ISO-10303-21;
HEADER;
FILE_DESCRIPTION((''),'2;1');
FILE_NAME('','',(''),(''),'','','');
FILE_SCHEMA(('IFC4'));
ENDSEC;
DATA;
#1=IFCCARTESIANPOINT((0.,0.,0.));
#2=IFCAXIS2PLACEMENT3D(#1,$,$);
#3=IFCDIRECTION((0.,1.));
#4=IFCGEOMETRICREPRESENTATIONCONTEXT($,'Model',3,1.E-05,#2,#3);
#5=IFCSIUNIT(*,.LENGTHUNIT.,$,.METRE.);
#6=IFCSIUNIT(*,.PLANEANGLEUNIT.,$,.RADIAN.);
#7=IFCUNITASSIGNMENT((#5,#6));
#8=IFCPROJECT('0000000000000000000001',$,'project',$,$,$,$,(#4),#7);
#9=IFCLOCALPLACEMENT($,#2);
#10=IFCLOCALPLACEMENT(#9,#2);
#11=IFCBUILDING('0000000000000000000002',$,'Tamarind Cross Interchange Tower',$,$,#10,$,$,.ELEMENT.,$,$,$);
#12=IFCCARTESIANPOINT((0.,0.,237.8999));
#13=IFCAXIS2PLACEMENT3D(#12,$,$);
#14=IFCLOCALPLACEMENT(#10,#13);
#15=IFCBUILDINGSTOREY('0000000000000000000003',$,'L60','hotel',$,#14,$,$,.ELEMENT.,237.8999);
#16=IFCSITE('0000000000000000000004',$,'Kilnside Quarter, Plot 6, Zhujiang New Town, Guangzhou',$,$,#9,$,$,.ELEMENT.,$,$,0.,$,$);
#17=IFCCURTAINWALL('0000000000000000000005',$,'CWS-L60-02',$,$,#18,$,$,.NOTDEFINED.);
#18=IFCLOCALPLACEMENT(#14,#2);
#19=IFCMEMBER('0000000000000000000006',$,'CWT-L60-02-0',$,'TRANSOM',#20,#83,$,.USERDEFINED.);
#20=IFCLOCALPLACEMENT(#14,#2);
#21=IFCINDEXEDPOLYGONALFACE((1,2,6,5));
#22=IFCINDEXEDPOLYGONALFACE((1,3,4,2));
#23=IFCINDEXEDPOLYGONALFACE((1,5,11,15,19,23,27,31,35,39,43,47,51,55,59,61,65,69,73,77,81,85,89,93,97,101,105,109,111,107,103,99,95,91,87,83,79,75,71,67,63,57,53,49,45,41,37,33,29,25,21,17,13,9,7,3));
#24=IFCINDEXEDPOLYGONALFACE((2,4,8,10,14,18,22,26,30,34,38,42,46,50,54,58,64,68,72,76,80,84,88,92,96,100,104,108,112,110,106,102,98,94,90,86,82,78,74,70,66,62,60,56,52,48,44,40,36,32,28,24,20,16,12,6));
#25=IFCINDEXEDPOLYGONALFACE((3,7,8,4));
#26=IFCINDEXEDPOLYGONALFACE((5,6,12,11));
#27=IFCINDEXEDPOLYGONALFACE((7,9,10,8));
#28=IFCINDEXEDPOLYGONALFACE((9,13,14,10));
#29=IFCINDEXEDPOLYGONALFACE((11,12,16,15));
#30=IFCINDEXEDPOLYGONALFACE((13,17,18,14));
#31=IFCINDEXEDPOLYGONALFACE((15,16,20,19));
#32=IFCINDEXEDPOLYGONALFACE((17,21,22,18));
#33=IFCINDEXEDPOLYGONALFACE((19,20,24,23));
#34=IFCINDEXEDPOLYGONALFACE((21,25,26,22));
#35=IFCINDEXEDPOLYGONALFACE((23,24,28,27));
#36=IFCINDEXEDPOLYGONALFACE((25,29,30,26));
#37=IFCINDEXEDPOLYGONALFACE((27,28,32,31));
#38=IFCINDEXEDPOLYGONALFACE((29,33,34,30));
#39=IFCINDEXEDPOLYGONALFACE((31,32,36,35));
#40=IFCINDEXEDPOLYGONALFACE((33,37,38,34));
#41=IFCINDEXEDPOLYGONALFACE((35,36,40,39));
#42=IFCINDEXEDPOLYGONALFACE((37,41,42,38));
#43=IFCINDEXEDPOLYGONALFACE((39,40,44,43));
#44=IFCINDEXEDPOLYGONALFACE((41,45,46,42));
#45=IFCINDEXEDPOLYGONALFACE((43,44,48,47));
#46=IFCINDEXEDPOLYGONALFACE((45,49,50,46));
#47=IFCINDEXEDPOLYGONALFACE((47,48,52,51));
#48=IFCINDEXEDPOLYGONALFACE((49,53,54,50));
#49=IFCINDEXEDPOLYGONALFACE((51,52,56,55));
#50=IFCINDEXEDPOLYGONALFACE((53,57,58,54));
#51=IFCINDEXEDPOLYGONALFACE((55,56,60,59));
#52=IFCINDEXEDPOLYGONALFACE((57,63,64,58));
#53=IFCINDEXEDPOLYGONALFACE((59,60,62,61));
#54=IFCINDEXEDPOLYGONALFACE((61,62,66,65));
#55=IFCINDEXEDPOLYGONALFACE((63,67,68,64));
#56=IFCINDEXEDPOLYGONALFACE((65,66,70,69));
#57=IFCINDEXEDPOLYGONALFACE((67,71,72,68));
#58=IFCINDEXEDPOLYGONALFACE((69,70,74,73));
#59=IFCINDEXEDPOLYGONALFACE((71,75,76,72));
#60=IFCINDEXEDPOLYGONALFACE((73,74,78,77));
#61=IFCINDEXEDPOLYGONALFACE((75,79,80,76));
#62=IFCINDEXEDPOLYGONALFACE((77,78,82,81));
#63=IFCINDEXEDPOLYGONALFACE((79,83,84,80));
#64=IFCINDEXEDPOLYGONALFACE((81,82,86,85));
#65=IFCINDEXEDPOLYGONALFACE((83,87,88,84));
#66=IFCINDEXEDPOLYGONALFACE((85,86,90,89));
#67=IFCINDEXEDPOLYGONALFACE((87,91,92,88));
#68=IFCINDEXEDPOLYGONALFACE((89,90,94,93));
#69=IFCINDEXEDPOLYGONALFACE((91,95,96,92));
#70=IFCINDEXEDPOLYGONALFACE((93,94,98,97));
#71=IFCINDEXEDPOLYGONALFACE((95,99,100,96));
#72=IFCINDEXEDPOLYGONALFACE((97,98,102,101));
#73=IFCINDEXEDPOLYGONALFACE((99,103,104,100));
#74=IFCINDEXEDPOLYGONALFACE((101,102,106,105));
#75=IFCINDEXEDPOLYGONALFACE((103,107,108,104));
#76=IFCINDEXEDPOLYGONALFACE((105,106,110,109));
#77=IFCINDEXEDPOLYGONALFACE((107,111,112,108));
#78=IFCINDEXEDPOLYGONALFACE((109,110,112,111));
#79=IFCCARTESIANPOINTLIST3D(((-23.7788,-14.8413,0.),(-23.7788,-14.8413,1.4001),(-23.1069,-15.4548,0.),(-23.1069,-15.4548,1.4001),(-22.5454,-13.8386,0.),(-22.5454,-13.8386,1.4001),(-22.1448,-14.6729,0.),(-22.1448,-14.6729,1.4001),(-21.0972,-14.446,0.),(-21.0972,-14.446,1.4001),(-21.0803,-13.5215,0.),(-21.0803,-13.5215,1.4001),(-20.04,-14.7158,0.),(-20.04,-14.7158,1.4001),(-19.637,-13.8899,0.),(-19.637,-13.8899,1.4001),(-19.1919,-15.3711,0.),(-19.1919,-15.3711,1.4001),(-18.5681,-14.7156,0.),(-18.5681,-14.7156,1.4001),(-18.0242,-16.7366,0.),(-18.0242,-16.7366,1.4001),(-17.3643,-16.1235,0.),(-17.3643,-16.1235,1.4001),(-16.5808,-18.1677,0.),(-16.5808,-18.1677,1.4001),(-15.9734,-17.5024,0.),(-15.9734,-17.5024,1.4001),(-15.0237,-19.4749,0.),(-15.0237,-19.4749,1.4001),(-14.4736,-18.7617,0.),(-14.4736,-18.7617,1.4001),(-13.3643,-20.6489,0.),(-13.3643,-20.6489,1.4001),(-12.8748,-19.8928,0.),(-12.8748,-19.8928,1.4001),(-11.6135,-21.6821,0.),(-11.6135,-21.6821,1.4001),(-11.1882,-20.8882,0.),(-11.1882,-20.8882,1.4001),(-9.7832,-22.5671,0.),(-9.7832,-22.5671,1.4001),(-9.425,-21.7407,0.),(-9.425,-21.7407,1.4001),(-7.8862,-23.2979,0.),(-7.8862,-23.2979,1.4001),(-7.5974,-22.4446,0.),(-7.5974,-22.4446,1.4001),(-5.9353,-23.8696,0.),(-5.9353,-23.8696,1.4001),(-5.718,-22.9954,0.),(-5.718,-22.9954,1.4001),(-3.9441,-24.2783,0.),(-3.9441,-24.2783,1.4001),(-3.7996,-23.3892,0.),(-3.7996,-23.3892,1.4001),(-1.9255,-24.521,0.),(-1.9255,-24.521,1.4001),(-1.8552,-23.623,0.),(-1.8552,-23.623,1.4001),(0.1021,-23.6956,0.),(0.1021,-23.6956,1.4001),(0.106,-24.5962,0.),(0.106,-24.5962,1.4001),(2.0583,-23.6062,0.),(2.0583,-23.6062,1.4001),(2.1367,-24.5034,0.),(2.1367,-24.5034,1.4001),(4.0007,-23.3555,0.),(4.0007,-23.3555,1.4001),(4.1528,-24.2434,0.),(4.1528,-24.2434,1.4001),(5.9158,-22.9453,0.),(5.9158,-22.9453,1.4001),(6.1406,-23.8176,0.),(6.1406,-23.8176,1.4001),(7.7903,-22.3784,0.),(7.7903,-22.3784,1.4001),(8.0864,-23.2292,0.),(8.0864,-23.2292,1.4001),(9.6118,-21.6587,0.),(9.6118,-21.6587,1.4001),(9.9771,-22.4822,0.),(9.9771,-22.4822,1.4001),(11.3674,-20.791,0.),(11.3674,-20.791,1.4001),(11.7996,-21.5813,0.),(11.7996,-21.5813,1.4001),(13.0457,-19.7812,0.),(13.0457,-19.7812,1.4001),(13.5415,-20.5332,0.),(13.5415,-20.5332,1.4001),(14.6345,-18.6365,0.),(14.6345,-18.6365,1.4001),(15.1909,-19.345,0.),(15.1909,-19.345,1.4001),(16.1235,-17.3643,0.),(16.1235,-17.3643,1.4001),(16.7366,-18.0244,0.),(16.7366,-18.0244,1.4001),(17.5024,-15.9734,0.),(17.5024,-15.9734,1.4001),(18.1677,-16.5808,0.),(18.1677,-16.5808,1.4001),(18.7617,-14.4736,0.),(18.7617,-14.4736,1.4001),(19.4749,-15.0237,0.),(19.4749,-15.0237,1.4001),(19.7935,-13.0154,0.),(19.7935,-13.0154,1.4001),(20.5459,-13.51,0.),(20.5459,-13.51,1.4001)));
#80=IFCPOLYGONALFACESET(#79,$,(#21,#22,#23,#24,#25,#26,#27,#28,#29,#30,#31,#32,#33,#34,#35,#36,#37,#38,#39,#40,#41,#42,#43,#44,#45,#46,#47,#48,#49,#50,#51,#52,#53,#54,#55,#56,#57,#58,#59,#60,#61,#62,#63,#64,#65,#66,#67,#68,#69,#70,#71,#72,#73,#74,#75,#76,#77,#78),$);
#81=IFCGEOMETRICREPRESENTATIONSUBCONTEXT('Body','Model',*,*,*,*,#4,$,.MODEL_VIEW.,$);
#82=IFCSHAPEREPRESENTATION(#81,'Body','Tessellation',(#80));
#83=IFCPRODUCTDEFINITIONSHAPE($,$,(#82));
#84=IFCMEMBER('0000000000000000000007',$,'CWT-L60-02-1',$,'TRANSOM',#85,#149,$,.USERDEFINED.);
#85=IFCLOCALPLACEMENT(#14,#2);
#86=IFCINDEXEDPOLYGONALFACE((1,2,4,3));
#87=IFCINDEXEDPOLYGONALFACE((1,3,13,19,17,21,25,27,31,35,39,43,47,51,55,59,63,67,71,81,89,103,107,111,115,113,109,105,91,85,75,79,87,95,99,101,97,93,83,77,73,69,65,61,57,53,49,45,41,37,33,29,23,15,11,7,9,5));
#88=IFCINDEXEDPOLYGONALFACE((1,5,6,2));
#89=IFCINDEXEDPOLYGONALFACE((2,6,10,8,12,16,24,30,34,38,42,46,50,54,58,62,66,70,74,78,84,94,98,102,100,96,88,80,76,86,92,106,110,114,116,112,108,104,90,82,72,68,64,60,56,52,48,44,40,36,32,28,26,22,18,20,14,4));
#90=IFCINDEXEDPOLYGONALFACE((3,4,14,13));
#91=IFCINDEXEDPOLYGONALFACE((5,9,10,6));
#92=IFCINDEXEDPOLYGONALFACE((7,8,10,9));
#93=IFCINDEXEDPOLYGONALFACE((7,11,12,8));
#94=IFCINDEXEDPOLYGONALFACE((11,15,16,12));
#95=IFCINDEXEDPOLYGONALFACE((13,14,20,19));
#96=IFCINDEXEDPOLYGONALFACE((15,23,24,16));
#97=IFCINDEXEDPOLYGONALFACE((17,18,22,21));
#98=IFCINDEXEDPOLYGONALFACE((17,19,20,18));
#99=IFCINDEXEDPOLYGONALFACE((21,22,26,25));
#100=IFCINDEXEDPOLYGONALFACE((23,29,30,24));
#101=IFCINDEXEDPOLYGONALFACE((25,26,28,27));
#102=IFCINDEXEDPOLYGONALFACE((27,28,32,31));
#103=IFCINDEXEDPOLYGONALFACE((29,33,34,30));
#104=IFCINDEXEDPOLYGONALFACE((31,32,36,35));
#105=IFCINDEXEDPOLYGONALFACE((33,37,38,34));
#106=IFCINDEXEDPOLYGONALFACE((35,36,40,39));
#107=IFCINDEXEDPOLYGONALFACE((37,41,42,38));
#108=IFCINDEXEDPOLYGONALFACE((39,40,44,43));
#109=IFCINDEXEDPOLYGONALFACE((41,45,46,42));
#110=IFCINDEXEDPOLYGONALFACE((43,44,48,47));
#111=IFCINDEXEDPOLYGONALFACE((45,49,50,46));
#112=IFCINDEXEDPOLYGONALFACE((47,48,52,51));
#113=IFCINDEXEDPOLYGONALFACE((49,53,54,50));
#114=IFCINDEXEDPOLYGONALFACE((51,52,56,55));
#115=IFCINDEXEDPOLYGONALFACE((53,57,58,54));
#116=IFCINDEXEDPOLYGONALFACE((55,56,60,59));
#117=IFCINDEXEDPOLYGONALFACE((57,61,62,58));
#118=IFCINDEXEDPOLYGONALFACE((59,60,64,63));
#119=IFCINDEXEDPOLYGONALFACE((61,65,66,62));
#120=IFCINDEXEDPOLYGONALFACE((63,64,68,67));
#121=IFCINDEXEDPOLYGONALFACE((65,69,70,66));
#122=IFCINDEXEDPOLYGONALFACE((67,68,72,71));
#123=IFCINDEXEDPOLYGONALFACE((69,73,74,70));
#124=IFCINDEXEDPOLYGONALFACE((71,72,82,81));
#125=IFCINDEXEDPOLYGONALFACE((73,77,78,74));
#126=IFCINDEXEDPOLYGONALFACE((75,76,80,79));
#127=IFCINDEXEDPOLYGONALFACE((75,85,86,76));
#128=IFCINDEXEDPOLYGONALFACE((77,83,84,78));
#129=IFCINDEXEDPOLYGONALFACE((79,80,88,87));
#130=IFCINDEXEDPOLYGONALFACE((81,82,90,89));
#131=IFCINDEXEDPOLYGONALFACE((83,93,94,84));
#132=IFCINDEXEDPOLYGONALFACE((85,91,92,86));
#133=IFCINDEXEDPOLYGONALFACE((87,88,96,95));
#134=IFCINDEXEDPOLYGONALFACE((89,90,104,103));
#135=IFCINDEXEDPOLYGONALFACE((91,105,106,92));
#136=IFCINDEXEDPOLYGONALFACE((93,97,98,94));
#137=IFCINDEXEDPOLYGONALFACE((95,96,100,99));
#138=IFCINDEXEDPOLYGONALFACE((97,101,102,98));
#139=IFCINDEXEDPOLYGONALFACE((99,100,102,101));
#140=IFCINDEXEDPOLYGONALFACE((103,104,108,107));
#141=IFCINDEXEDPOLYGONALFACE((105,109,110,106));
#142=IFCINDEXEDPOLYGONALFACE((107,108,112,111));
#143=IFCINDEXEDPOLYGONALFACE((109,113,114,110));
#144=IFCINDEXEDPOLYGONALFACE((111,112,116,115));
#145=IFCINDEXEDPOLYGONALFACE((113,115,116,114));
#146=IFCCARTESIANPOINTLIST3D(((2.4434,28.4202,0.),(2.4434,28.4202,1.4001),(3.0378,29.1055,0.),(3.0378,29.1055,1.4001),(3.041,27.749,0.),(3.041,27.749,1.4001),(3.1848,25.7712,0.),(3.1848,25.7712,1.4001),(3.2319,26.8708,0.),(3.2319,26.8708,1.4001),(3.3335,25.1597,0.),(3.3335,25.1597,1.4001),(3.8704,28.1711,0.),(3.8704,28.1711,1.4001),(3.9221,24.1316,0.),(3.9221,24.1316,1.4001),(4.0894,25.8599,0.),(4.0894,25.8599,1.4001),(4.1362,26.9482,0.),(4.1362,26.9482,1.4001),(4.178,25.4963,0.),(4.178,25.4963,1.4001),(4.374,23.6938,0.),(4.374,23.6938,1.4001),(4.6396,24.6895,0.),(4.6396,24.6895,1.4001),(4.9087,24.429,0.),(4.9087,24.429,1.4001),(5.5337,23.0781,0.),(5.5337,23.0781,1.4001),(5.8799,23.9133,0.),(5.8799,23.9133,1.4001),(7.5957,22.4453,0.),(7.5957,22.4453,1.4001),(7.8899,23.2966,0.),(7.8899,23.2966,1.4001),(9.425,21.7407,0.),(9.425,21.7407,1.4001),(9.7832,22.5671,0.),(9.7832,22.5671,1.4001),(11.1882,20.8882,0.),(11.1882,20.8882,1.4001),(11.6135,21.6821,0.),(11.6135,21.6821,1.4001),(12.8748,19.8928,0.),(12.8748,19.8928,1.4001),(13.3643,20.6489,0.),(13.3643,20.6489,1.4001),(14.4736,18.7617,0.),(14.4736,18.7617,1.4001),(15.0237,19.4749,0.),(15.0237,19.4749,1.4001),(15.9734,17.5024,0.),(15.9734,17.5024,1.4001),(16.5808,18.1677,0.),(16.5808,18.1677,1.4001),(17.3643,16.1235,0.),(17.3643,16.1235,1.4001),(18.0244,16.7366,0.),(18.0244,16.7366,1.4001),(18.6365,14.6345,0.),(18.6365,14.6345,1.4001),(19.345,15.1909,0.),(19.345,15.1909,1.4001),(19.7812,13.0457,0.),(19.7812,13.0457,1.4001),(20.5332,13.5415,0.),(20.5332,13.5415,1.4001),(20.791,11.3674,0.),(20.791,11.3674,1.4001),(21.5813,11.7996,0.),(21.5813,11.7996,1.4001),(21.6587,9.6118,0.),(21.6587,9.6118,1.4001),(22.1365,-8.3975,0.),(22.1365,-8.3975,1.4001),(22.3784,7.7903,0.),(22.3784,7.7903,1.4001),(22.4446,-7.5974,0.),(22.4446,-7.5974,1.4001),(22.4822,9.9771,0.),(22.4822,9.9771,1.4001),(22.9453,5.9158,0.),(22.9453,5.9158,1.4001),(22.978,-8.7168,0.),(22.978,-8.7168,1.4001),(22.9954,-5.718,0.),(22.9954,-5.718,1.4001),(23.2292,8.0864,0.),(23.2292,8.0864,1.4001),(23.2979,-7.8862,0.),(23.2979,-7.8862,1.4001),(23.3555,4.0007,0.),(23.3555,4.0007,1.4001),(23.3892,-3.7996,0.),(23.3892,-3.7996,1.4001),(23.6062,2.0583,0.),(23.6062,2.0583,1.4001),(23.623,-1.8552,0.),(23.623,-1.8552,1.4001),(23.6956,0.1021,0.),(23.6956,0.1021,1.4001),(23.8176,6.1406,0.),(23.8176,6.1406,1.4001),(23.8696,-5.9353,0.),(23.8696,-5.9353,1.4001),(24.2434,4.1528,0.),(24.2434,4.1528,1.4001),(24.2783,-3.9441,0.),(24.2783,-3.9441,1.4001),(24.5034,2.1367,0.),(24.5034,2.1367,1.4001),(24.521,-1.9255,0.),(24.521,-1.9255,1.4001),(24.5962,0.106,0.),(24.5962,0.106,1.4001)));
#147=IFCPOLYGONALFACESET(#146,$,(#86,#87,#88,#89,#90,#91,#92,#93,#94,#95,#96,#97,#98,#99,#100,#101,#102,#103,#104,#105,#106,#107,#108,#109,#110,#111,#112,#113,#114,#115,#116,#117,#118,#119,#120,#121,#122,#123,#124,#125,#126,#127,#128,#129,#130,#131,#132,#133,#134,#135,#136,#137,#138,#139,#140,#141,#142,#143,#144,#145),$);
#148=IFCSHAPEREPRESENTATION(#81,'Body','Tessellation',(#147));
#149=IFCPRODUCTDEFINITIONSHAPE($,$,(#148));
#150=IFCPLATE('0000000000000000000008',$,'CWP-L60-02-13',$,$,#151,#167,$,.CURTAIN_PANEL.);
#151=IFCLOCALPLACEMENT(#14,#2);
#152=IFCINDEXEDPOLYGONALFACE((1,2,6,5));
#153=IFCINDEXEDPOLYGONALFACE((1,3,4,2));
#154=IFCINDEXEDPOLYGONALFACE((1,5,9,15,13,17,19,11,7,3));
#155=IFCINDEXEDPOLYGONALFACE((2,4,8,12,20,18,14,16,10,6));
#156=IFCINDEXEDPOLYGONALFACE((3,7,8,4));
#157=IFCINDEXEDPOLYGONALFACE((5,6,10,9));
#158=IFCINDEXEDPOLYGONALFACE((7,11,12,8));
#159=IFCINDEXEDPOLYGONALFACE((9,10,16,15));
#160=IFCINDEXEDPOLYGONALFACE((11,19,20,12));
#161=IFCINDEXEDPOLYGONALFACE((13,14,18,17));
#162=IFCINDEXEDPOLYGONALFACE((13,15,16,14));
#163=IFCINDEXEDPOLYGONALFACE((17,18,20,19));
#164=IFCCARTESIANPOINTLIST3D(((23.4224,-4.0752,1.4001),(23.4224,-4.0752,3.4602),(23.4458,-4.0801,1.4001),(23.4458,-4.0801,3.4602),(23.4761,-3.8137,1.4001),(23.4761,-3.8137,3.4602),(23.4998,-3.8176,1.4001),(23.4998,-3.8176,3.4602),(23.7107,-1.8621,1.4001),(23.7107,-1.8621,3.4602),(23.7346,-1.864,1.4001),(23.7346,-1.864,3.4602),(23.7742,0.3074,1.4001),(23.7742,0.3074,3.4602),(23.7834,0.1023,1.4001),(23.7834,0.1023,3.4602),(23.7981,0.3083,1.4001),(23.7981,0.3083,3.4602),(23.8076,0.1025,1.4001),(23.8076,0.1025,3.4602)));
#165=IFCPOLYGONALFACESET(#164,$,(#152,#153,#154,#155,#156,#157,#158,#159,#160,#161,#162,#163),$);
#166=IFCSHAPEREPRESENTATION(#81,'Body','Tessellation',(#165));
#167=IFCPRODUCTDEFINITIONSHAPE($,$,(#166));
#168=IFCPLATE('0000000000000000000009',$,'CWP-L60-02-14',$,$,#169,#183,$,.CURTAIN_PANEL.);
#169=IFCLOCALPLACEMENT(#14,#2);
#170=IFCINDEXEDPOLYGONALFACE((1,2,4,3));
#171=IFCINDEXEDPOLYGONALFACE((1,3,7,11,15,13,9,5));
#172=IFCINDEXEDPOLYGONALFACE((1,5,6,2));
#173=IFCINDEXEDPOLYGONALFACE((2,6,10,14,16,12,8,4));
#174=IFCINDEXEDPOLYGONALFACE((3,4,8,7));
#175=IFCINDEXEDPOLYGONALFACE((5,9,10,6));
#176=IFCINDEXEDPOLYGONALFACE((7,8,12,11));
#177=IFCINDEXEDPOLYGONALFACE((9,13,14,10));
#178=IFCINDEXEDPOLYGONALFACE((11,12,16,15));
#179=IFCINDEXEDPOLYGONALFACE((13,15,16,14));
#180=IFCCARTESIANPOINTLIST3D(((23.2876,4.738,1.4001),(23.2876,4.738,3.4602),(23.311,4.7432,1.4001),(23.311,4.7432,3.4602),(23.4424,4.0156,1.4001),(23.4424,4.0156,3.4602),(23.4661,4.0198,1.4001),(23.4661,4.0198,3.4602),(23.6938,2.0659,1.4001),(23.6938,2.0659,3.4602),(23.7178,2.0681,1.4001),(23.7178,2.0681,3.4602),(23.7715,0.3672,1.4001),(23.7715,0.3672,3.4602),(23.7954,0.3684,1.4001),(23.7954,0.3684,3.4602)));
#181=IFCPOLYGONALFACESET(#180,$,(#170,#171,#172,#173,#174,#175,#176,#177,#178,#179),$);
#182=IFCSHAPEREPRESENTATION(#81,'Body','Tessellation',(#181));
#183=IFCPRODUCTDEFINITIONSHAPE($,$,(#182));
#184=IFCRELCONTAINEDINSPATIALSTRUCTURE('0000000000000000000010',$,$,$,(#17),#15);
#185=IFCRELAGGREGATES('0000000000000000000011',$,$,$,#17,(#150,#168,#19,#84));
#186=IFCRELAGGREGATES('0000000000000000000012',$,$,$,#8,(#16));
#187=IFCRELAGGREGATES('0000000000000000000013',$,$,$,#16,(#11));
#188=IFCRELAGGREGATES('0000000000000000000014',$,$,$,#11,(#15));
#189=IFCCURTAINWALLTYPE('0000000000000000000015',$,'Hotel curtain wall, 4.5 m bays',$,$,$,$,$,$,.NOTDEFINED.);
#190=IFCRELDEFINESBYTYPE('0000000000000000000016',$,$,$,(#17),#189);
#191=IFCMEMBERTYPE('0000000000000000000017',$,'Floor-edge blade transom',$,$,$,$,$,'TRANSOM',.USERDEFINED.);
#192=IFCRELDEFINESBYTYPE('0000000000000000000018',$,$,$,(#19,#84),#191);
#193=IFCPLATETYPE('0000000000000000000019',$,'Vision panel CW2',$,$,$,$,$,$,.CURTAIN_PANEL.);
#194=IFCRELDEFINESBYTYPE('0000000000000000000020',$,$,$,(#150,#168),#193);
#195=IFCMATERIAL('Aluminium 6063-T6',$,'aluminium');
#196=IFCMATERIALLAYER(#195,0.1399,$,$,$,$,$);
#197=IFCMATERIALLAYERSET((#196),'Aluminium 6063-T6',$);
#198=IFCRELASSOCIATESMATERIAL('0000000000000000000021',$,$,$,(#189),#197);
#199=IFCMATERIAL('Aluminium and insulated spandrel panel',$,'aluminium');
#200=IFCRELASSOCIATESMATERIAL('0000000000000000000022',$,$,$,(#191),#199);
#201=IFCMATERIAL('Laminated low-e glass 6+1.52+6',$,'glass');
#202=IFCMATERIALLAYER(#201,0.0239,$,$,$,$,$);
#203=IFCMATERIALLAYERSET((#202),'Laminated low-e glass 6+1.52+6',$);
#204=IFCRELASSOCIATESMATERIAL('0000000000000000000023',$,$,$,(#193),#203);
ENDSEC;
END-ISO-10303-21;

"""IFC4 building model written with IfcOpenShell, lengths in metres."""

from ifc_helpers import new_model, si_unit, direction, frame, origin, place, context, subcontext, project, spatial, polyline, outline, extrude, material, layer, layer_set, type_object, element, aggregate, save


model = new_model("IFC4")

# Units and contexts
model_context = context("Model", 3, precision=1e-05, world=origin(), true_north=direction((0.0, 1.0)))
body_context = subcontext(model_context, "Body", "Model", "MODEL_VIEW")
ifc_project = project(units=[si_unit("LENGTHUNIT", "METRE"), si_unit("PLANEANGLEUNIT", "RADIAN")], contexts=[model_context])

# Site, building, storey
site_placement = place(None, origin())
site = spatial("IfcSite", under=ifc_project, at=site_placement, Name="Kilnside Quarter, Plot 6, Zhujiang New Town, Guangzhou", CompositionType="ELEMENT", RefElevation=0.0)
building_placement = place(site_placement, origin())
building = spatial("IfcBuilding", under=site, at=building_placement, Name="Tamarind Cross Interchange Tower", CompositionType="ELEMENT")
storey_placement = place(building_placement, frame((0.0, 0.0, 237.8999)))
storey = spatial("IfcBuildingStorey", under=building, at=storey_placement, Name="L60", Description="hotel", CompositionType="ELEMENT", Elevation=237.8999)

# Curtain wall, members, plates
ifc_material_1 = material(Name="Aluminium 6063-T6", Category="aluminium")
ifc_layer_1 = layer(ifc_material_1, 0.1399)
ifc_layer_set_1 = layer_set([ifc_layer_1], Name="Aluminium 6063-T6")
curtain_wall_type = type_object("IfcCurtainWallType", Name="Hotel curtain wall, 4.5 m bays", PredefinedType="NOTDEFINED", material=ifc_layer_set_1)
curtain_wall_placement = place(storey_placement, origin())
curtain_wall = element("IfcCurtainWall", 1, at=curtain_wall_placement, inside=storey, type_object=curtain_wall_type, Name="CWS-L60-02", PredefinedType="NOTDEFINED")
ifc_material_2 = material(Name="Aluminium and insulated spandrel panel", Category="aluminium")
member_type = type_object("IfcMemberType", Name="Floor-edge blade transom", ElementType="TRANSOM", PredefinedType="USERDEFINED", material=ifc_material_2)
member_1_placement = place(storey_placement, origin())
member_1 = element("IfcMember", 2, at=member_1_placement, type_object=member_type, Name="CWT-L60-02-0", ObjectType="TRANSOM", PredefinedType="USERDEFINED", context=body_context, shape_type="SweptSolid", body=[
    extrude(outline(polyline([(-23.7788, -14.8413), (-22.5454, -13.8386), (-21.0803, -13.5215), (-19.637, -13.8899), (-18.5681, -14.7156), (-17.3643, -16.1235), (-15.9734, -17.5024), (-14.4736, -18.7617), (-12.8748, -19.8928), (-11.1882, -20.8882), (-9.425, -21.7407), (-7.5974, -22.4446), (-5.718, -22.9954), (-3.7996, -23.3892), (-1.8552, -23.623), (0.1021, -23.6956), (2.0583, -23.6062), (4.0007, -23.3555), (5.9158, -22.9453), (7.7903, -22.3784), (9.6118, -21.6587), (11.3674, -20.791), (13.0457, -19.7812), (14.6345, -18.6365), (16.1235, -17.3643), (17.5024, -15.9734), (18.7617, -14.4736), (19.7935, -13.0154), (20.5459, -13.51), (19.4749, -15.0237), (18.1677, -16.5808), (16.7366, -18.0244), (15.1909, -19.345), (13.5415, -20.5332), (11.7996, -21.5813), (9.9771, -22.4822), (8.0864, -23.2292), (6.1406, -23.8176), (4.1528, -24.2434), (2.1367, -24.5034), (0.106, -24.5962), (-1.9255, -24.521), (-3.9441, -24.2783), (-5.9353, -23.8696), (-7.8862, -23.2979), (-9.7832, -22.5671), (-11.6135, -21.6821), (-13.3643, -20.6489), (-15.0237, -19.4749), (-16.5808, -18.1677), (-18.0242, -16.7366), (-19.1919, -15.3711), (-20.04, -14.7158), (-21.0972, -14.446), (-22.1448, -14.6729), (-23.1069, -15.4548), (-23.7788, -14.8413)])), origin(), (0.0, 0.0, 1.0), 1.4001),
])
member_2_placement = place(storey_placement, origin())
member_2 = element("IfcMember", 3, at=member_2_placement, type_object=member_type, Name="CWT-L60-02-1", ObjectType="TRANSOM", PredefinedType="USERDEFINED", context=body_context, shape_type="SweptSolid", body=[
    extrude(outline(polyline([(22.1365, -8.3975), (22.4446, -7.5974), (22.9954, -5.718), (23.3892, -3.7996), (23.623, -1.8552), (23.6956, 0.1021), (23.6062, 2.0583), (23.3555, 4.0007), (22.9453, 5.9158), (22.3784, 7.7903), (21.6587, 9.6118), (20.791, 11.3674), (19.7812, 13.0457), (18.6365, 14.6345), (17.3643, 16.1235), (15.9734, 17.5024), (14.4736, 18.7617), (12.8748, 19.8928), (11.1882, 20.8882), (9.425, 21.7407), (7.5957, 22.4453), (5.5337, 23.0781), (4.374, 23.6938), (3.9221, 24.1316), (3.3335, 25.1597), (3.1848, 25.7712), (3.2319, 26.8708), (3.041, 27.749), (2.4434, 28.4202), (3.0378, 29.1055), (3.8704, 28.1711), (4.1362, 26.9482), (4.0894, 25.8599), (4.178, 25.4963), (4.6396, 24.6895), (4.9087, 24.429), (5.8799, 23.9133), (7.8899, 23.2966), (9.7832, 22.5671), (11.6135, 21.6821), (13.3643, 20.6489), (15.0237, 19.4749), (16.5808, 18.1677), (18.0244, 16.7366), (19.345, 15.1909), (20.5332, 13.5415), (21.5813, 11.7996), (22.4822, 9.9771), (23.2292, 8.0864), (23.8176, 6.1406), (24.2434, 4.1528), (24.5034, 2.1367), (24.5962, 0.106), (24.521, -1.9255), (24.2783, -3.9441), (23.8696, -5.9353), (23.2979, -7.8862), (22.978, -8.7168), (22.1365, -8.3975)])), origin(), (0.0, 0.0, 1.0), 1.4001),
])
ifc_material_3 = material(Name="Laminated low-e glass 6+1.52+6", Category="glass")
ifc_layer_2 = layer(ifc_material_3, 0.0239)
ifc_layer_set_2 = layer_set([ifc_layer_2], Name="Laminated low-e glass 6+1.52+6")
plate_type = type_object("IfcPlateType", Name="Vision panel CW2", PredefinedType="CURTAIN_PANEL", material=ifc_layer_set_2)
plate_1_placement = place(storey_placement, frame((0.0, 0.0, 1.4001)))
plate_1 = element("IfcPlate", 4, at=plate_1_placement, type_object=plate_type, Name="CWP-L60-02-13", PredefinedType="CURTAIN_PANEL", context=body_context, shape_type="SweptSolid", body=[
    extrude(outline(polyline([(23.4224, -4.0752), (23.4761, -3.8137), (23.7107, -1.8621), (23.7834, 0.1023), (23.7742, 0.3074), (23.7981, 0.3083), (23.8076, 0.1025), (23.7346, -1.864), (23.4998, -3.8176), (23.4458, -4.0801), (23.4224, -4.0752)])), origin(), (0.0, 0.0, 1.0), 2.0601),
])
plate_2_placement = place(storey_placement, frame((0.0, 0.0, 1.4001)))
plate_2 = element("IfcPlate", 5, at=plate_2_placement, type_object=plate_type, Name="CWP-L60-02-14", PredefinedType="CURTAIN_PANEL", context=body_context, shape_type="SweptSolid", body=[
    extrude(outline(polyline([(23.7715, 0.3672), (23.6938, 2.0659), (23.4424, 4.0156), (23.2876, 4.738), (23.311, 4.7432), (23.4661, 4.0198), (23.7178, 2.0681), (23.7954, 0.3684), (23.7715, 0.3672)])), origin(), (0.0, 0.0, 1.0), 2.0601),
])
aggregate(curtain_wall, [plate_1, plate_2, member_1, member_2])

save(model, "model.ifc")
